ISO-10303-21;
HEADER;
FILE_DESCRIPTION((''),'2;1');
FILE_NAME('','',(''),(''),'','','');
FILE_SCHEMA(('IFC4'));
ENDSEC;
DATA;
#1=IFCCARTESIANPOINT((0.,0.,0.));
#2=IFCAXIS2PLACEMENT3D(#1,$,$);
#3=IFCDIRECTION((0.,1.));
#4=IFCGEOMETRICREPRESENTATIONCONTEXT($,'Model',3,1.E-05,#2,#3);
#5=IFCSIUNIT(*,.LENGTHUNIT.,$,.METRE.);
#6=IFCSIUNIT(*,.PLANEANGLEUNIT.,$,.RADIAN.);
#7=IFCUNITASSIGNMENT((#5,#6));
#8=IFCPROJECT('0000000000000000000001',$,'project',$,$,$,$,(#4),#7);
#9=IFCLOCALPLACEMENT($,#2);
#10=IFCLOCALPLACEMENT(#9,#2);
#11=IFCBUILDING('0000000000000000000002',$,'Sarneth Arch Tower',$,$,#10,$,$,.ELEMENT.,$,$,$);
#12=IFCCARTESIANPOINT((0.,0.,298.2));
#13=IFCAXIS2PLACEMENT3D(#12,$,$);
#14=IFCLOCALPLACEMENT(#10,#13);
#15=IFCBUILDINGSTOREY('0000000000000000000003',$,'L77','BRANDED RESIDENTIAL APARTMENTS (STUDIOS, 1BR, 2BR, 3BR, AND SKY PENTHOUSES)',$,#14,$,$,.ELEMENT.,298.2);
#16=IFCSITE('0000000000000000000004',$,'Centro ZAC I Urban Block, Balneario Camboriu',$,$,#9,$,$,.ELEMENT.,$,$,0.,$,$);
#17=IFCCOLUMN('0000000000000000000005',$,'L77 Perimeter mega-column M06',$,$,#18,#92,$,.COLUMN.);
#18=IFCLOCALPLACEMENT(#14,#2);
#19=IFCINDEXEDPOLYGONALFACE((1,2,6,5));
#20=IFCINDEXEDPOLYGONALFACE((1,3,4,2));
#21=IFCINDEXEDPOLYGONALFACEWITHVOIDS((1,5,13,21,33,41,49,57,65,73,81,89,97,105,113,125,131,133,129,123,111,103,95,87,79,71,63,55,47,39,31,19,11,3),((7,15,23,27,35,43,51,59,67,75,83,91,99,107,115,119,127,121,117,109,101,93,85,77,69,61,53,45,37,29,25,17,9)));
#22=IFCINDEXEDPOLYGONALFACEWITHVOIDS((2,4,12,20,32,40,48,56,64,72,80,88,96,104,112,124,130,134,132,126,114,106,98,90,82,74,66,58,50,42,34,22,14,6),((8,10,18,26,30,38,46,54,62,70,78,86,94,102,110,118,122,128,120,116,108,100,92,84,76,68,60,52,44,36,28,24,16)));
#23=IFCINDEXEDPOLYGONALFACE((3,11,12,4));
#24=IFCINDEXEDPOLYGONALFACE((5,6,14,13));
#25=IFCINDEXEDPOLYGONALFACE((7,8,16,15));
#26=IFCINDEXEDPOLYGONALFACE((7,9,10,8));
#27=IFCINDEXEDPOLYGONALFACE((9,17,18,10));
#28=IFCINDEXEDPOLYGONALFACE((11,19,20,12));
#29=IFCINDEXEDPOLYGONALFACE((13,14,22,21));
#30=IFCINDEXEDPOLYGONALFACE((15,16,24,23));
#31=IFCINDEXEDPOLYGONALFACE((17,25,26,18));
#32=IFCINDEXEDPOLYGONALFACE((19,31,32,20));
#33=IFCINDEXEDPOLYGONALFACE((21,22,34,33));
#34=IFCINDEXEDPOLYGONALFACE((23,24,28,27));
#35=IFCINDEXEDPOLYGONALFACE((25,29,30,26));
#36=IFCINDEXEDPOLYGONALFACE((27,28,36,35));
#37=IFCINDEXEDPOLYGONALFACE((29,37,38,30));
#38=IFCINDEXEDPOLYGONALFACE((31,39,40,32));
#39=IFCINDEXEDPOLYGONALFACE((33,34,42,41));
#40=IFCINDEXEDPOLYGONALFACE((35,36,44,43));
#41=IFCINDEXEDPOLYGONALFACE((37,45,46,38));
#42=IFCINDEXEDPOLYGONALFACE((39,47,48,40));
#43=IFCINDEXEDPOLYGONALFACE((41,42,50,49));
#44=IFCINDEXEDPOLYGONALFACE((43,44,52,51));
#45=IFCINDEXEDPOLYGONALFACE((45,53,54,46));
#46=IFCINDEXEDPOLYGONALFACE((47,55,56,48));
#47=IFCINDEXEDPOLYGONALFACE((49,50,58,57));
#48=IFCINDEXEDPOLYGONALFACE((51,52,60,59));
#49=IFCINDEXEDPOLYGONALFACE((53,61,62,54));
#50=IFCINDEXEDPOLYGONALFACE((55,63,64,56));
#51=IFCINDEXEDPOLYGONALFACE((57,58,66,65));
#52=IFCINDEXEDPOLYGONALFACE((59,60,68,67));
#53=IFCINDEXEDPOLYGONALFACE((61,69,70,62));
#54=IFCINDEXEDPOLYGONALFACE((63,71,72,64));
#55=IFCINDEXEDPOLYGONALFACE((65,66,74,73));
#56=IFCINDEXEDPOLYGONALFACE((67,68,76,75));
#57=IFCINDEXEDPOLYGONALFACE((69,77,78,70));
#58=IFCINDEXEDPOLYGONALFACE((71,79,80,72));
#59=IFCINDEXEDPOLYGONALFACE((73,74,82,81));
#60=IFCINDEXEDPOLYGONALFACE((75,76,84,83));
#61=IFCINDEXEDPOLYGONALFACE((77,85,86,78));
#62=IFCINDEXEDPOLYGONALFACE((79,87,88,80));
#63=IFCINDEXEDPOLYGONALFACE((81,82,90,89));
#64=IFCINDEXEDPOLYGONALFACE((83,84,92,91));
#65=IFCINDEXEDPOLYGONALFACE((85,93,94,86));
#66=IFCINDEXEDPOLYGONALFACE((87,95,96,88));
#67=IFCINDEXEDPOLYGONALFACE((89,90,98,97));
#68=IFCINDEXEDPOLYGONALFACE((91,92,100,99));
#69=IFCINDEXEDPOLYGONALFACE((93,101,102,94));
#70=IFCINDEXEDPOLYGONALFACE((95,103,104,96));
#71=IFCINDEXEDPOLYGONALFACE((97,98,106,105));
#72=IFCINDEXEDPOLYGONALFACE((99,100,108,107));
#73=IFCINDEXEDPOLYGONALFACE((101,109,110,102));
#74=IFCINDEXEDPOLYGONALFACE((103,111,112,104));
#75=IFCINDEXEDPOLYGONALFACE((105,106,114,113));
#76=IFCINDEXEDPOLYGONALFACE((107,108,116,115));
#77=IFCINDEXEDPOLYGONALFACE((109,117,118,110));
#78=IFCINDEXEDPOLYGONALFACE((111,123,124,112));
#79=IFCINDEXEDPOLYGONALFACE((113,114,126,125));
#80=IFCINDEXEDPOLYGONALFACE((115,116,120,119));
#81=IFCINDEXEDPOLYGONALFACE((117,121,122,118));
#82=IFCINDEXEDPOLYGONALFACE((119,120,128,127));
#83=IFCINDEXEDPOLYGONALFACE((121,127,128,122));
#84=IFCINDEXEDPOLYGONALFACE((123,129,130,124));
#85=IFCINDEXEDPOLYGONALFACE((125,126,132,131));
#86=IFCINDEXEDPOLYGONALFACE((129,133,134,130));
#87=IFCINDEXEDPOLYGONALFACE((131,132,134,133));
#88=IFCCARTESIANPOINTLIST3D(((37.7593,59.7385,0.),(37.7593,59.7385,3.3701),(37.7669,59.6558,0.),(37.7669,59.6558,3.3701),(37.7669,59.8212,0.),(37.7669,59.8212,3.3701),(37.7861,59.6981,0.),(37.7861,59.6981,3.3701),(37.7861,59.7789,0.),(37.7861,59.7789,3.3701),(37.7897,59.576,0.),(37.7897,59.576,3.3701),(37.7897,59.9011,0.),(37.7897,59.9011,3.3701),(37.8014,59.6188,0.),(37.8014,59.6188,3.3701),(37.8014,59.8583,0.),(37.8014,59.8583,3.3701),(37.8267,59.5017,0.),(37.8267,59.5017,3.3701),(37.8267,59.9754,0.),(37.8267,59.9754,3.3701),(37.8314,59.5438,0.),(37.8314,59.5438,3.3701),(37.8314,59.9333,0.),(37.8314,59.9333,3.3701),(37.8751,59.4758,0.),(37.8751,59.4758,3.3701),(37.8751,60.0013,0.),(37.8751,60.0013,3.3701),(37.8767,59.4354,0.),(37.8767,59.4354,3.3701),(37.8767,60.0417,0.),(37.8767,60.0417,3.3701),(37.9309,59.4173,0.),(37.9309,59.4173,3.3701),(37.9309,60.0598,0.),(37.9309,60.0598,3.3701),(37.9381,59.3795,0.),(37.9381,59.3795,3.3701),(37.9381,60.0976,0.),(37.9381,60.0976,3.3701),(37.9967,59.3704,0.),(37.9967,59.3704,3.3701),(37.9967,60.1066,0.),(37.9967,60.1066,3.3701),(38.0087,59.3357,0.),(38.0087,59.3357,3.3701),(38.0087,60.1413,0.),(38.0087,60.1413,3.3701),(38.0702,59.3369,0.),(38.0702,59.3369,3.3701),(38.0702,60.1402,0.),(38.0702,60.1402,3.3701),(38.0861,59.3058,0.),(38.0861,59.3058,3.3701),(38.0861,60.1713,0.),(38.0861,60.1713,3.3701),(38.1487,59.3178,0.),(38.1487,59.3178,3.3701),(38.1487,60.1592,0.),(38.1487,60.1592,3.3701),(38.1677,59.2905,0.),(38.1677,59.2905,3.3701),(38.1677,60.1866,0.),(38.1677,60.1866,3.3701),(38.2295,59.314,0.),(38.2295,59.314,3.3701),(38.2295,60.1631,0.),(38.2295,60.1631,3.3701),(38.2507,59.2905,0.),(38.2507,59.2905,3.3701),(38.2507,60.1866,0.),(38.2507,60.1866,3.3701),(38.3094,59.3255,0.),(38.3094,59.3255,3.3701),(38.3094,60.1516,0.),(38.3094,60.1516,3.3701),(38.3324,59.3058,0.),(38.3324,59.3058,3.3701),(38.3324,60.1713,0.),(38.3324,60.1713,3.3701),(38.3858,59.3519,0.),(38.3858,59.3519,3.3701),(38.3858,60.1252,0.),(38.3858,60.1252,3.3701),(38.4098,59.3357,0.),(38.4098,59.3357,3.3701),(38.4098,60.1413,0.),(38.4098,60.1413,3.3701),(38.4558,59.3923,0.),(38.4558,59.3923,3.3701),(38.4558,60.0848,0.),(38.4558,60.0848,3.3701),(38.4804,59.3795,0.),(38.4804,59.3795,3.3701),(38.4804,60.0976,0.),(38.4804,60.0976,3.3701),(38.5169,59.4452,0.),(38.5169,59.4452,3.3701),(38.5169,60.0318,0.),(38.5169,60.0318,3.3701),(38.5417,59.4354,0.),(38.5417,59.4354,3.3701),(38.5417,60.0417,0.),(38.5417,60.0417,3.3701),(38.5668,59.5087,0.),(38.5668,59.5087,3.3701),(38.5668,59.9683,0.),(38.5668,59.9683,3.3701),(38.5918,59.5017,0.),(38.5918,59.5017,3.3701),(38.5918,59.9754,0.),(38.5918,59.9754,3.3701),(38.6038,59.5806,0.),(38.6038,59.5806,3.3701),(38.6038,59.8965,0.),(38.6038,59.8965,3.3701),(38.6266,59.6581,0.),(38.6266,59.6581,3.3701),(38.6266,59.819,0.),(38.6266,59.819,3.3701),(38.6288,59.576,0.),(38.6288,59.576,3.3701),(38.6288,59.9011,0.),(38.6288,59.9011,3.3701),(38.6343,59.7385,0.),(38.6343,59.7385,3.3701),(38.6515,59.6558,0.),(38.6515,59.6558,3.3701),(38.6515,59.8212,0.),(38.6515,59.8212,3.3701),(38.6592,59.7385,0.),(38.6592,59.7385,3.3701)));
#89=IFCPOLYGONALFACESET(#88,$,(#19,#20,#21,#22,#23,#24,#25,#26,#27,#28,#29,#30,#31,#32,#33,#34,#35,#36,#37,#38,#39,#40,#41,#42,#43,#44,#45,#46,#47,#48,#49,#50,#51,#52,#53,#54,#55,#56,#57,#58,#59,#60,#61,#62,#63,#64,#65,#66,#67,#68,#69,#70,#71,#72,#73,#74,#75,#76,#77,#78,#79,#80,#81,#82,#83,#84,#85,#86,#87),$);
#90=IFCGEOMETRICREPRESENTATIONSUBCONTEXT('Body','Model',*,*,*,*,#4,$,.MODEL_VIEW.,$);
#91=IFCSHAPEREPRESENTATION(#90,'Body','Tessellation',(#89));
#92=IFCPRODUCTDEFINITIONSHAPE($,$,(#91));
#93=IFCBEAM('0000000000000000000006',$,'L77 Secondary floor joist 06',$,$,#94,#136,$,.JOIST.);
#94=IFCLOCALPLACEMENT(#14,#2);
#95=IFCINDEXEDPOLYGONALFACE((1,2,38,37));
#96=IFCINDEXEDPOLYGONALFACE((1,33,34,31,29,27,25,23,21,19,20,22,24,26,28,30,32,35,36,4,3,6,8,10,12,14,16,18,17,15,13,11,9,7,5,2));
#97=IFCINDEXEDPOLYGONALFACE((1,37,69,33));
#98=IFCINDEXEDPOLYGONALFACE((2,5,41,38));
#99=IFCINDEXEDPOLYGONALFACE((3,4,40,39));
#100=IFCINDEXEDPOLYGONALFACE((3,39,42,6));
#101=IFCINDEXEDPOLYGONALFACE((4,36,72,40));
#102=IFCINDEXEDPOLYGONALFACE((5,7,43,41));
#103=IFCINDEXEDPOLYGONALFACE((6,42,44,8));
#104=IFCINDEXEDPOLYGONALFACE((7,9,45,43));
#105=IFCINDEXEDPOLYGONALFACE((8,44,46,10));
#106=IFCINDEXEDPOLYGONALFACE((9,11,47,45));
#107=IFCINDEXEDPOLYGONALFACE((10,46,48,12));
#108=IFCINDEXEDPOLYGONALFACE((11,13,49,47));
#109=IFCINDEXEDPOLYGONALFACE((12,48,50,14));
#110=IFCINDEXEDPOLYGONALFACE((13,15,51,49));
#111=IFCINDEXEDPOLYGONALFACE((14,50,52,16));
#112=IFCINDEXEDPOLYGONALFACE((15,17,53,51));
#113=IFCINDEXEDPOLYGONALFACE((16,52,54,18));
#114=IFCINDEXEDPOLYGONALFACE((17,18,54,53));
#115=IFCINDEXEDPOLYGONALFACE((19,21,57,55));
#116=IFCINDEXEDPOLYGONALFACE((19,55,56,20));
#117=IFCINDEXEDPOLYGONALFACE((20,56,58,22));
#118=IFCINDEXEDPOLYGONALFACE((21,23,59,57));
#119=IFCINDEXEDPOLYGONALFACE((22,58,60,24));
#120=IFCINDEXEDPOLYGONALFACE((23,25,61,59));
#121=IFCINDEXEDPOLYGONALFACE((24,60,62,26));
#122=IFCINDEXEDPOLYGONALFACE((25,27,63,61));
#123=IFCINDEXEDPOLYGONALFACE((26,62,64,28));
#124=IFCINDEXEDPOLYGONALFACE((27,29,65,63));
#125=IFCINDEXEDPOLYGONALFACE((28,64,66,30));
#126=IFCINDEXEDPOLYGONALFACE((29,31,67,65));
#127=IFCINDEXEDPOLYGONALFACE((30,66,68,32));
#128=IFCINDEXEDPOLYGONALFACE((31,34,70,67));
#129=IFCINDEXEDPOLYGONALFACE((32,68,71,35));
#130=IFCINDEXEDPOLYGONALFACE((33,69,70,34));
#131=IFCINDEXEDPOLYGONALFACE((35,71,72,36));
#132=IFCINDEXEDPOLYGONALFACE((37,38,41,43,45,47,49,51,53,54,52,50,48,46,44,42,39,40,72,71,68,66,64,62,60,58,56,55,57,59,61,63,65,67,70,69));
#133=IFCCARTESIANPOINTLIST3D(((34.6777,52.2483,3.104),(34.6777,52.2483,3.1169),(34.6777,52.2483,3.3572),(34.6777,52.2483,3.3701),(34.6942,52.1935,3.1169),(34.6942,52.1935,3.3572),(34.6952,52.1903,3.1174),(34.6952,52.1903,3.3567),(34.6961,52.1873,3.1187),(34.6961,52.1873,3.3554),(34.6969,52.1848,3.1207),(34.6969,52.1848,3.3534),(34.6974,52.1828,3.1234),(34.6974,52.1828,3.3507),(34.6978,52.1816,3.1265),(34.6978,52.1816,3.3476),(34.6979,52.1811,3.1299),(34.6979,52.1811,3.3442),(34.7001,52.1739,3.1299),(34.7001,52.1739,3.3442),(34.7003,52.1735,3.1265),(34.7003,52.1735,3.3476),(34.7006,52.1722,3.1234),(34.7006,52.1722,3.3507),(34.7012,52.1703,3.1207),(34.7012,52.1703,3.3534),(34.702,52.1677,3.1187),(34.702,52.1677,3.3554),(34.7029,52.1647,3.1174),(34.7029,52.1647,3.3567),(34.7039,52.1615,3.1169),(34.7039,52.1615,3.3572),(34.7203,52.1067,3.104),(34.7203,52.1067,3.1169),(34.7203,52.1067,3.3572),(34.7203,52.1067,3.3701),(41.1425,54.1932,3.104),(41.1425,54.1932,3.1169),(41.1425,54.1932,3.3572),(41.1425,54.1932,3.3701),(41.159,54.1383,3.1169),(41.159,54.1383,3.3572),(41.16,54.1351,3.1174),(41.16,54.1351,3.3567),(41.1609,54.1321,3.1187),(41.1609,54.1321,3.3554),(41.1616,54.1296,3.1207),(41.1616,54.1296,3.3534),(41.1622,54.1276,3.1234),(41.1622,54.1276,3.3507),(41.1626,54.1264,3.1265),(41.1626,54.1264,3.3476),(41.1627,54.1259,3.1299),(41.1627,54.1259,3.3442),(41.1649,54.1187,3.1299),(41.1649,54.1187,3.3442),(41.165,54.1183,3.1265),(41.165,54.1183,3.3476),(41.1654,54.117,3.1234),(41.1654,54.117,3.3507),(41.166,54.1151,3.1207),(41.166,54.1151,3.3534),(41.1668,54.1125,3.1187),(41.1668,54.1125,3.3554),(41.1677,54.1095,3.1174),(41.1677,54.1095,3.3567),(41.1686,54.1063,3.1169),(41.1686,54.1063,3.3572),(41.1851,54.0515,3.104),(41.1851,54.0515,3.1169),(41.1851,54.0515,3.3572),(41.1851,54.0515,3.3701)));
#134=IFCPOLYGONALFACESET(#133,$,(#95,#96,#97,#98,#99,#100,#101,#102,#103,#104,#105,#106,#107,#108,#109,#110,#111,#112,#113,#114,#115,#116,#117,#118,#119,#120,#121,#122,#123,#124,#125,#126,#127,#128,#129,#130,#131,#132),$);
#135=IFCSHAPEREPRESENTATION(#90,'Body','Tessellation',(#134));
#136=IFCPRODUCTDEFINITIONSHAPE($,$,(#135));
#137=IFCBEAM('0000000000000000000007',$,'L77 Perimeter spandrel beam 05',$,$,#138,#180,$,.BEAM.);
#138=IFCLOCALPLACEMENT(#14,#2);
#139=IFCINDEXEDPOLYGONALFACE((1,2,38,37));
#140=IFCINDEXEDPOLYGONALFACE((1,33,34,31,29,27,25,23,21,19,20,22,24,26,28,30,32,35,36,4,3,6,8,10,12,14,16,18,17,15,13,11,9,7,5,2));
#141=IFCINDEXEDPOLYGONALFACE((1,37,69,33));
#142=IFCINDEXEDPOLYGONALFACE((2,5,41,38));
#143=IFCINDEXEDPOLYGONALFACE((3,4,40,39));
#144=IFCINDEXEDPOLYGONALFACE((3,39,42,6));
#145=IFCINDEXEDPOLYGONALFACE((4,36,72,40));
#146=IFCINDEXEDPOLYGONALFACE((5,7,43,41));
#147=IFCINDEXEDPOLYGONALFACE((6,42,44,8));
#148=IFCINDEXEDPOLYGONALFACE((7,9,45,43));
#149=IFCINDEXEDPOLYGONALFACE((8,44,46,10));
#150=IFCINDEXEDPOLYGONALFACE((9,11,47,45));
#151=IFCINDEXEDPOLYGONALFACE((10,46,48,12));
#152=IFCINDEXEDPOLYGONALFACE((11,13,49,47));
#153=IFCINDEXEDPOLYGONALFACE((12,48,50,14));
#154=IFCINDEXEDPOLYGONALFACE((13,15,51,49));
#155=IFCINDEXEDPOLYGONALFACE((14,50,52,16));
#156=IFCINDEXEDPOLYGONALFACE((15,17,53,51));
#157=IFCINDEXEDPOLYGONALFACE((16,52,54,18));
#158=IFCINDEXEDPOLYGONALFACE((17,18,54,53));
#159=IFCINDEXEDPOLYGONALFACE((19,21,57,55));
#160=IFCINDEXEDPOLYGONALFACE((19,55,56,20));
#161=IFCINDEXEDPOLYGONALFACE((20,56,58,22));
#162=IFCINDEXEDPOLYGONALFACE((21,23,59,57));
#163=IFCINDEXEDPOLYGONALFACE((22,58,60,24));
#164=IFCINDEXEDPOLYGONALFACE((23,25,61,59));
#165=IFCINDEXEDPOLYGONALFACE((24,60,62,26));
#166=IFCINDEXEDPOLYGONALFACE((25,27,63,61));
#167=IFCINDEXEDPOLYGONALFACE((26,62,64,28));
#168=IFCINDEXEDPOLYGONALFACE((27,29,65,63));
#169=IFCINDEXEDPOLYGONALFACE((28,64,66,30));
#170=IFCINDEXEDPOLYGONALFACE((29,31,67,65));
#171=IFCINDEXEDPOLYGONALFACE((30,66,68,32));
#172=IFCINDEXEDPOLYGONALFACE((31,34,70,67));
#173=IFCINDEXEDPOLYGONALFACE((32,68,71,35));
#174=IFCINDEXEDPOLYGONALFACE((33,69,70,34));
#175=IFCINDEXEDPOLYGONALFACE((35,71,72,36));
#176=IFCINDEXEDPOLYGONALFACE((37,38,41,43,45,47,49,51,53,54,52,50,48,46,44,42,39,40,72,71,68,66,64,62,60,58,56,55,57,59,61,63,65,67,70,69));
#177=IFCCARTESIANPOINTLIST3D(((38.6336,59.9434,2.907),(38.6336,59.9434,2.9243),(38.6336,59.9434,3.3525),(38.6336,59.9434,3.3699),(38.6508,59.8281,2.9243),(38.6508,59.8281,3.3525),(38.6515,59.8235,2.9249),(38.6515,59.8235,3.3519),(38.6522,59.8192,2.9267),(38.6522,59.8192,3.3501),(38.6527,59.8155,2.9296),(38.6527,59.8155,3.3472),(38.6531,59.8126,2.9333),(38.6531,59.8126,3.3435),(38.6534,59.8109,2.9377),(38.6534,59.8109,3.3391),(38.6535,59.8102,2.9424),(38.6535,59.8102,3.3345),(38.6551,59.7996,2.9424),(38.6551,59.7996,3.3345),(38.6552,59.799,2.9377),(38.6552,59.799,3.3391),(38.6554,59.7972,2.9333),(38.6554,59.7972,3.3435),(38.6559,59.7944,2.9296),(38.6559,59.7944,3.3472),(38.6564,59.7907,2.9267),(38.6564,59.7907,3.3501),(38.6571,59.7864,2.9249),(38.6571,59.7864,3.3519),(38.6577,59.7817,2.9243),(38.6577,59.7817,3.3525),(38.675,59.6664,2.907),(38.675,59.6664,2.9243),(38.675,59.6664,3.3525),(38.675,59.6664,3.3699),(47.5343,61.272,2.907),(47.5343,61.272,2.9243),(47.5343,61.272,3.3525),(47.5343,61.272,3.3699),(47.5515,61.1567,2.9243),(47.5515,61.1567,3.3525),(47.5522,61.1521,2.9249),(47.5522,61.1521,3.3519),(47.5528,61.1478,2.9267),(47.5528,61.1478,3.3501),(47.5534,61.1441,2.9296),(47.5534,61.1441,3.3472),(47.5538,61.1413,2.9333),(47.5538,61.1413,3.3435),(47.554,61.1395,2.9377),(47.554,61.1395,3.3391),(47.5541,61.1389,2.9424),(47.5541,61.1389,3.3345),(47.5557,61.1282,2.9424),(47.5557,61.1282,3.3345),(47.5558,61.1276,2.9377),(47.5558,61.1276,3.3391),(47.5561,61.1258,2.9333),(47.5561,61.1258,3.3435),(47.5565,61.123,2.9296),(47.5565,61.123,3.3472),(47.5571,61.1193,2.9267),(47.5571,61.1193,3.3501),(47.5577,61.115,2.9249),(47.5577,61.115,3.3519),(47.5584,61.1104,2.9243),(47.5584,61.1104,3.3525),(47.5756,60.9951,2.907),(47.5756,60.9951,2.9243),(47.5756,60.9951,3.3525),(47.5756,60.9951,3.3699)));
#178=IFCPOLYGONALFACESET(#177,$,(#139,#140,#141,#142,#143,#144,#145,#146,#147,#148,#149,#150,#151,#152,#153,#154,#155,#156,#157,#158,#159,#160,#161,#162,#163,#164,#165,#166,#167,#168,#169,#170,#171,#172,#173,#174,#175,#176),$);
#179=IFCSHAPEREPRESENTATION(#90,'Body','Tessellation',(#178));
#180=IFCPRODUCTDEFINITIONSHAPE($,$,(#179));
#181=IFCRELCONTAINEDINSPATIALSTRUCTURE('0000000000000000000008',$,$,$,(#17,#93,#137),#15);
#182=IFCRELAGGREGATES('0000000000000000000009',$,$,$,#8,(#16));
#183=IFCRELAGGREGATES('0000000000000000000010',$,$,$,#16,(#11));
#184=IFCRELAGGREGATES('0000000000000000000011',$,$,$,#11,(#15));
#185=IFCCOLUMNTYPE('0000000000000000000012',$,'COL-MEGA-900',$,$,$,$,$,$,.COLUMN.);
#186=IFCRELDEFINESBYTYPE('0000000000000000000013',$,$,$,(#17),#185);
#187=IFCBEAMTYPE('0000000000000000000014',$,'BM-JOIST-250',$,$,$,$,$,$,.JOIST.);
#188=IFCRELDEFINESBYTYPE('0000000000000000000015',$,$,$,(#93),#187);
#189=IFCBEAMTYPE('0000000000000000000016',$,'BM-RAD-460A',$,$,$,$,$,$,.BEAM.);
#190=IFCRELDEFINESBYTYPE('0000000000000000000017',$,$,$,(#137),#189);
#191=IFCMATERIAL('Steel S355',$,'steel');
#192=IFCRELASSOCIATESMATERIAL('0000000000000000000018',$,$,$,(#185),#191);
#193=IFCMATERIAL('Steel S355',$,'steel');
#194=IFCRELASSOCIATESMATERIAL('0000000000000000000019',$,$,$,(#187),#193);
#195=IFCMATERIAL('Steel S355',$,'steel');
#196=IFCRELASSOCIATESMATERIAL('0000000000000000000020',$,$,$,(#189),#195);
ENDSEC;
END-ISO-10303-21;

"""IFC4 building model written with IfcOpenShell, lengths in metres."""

from ifc_helpers import new_model, si_unit, direction, frame, origin, origin_2d, place, context, subcontext, project, spatial, hollow_circle, i_section, extrude, material, material_profile, profile_set, type_object, element, save


model = new_model("IFC4")

# Units and contexts
model_context = context("Model", 3, precision=1e-05, world=origin(), true_north=direction((0.0, 1.0)))
body_context = subcontext(model_context, "Body", "Model", "MODEL_VIEW")
ifc_project = project(units=[si_unit("LENGTHUNIT", "METRE"), si_unit("PLANEANGLEUNIT", "RADIAN")], contexts=[model_context])

# Site, building, storey
site_placement = place(None, origin())
site = spatial("IfcSite", under=ifc_project, at=site_placement, Name="Centro ZAC I Urban Block, Balneario Camboriu", CompositionType="ELEMENT", RefElevation=0.0)
building_placement = place(site_placement, origin())
building = spatial("IfcBuilding", under=site, at=building_placement, Name="Sarneth Arch Tower", CompositionType="ELEMENT")
storey_placement = place(building_placement, frame((0.0, 0.0, 298.2)))
storey = spatial("IfcBuildingStorey", under=building, at=storey_placement, Name="L77", Description="BRANDED RESIDENTIAL APARTMENTS (STUDIOS, 1BR, 2BR, 3BR, AND SKY PENTHOUSES)", CompositionType="ELEMENT", Elevation=298.2)

# Column
ifc_material_1 = material(Name="Steel S355", Category="steel")
ifc_material_profile_1 = material_profile(ifc_material_1, hollow_circle(Radius=0.45, WallThickness=0.0249, at=origin_2d()), Name="CHS900x25")
ifc_profile_set_1 = profile_set([ifc_material_profile_1], Name="Steel S355")
column_type = type_object("IfcColumnType", Name="COL-MEGA-900", PredefinedType="COLUMN", material=ifc_profile_set_1)
column_placement = place(storey_placement, frame((38.2092, 59.7385, 0.0), z_axis=(0.0, 0.0, 1.0), x_axis=(1.0, 0.0, 0.0)))
element("IfcColumn", 1, at=column_placement, inside=storey, type_object=column_type, Name="L77 Perimeter mega-column M06", PredefinedType="COLUMN", context=body_context, shape_type="SweptSolid", body=[
    extrude(hollow_circle(Radius=0.45, WallThickness=0.0249, at=origin_2d()), origin(), (0.0, 0.0, 1.0), 3.3701),
])

# Beams
ifc_material_2 = material(Name="Steel S355", Category="steel")
ifc_material_profile_2 = material_profile(ifc_material_2, i_section(OverallWidth=0.1479, OverallDepth=0.2661, WebThickness=0.0076, FlangeThickness=0.0129, FilletRadius=0.0129, at=origin_2d()), Name="W250x44.8")
ifc_profile_set_2 = profile_set([ifc_material_profile_2], Name="Steel S355")
beam_type_1 = type_object("IfcBeamType", Name="BM-JOIST-250", PredefinedType="JOIST", material=ifc_profile_set_2)
beam_1_placement = place(storey_placement, frame((41.1638, 54.1223, 3.2371), z_axis=(-0.957607, -0.288078, 0.0), x_axis=(0.288078, -0.957607, 0.0)))
element("IfcBeam", 2, at=beam_1_placement, inside=storey, type_object=beam_type_1, Name="L77 Secondary floor joist 06", PredefinedType="JOIST", context=body_context, shape_type="SweptSolid", body=[
    extrude(i_section(OverallWidth=0.1479, OverallDepth=0.2661, WebThickness=0.0076, FlangeThickness=0.0129, FilletRadius=0.0129, at=origin_2d()), origin(), (0.0, 0.0, 1.0), 6.751),
])
ifc_material_3 = material(Name="Steel S355", Category="steel")
ifc_material_profile_3 = material_profile(ifc_material_3, i_section(OverallWidth=0.28, OverallDepth=0.4629, WebThickness=0.0107, FlangeThickness=0.0173, FilletRadius=0.0181, at=origin_2d()), Name="W460x113")
ifc_profile_set_3 = profile_set([ifc_material_profile_3], Name="Steel S355")
beam_type_2 = type_object("IfcBeamType", Name="BM-RAD-460A", PredefinedType="BEAM", material=ifc_profile_set_3)
beam_2_placement = place(storey_placement, frame((47.5549, 61.1335, 3.1384), z_axis=(-0.989042, -0.147636, 0.0), x_axis=(0.147636, -0.989042, 0.0)))
element("IfcBeam", 3, at=beam_2_placement, inside=storey, type_object=beam_type_2, Name="L77 Perimeter spandrel beam 05", PredefinedType="BEAM", context=body_context, shape_type="SweptSolid", body=[
    extrude(i_section(OverallWidth=0.28, OverallDepth=0.4629, WebThickness=0.0107, FlangeThickness=0.0173, FilletRadius=0.0181, at=origin_2d()), origin(), (0.0, 0.0, 1.0), 8.9993),
])

save(model, "model.ifc")
